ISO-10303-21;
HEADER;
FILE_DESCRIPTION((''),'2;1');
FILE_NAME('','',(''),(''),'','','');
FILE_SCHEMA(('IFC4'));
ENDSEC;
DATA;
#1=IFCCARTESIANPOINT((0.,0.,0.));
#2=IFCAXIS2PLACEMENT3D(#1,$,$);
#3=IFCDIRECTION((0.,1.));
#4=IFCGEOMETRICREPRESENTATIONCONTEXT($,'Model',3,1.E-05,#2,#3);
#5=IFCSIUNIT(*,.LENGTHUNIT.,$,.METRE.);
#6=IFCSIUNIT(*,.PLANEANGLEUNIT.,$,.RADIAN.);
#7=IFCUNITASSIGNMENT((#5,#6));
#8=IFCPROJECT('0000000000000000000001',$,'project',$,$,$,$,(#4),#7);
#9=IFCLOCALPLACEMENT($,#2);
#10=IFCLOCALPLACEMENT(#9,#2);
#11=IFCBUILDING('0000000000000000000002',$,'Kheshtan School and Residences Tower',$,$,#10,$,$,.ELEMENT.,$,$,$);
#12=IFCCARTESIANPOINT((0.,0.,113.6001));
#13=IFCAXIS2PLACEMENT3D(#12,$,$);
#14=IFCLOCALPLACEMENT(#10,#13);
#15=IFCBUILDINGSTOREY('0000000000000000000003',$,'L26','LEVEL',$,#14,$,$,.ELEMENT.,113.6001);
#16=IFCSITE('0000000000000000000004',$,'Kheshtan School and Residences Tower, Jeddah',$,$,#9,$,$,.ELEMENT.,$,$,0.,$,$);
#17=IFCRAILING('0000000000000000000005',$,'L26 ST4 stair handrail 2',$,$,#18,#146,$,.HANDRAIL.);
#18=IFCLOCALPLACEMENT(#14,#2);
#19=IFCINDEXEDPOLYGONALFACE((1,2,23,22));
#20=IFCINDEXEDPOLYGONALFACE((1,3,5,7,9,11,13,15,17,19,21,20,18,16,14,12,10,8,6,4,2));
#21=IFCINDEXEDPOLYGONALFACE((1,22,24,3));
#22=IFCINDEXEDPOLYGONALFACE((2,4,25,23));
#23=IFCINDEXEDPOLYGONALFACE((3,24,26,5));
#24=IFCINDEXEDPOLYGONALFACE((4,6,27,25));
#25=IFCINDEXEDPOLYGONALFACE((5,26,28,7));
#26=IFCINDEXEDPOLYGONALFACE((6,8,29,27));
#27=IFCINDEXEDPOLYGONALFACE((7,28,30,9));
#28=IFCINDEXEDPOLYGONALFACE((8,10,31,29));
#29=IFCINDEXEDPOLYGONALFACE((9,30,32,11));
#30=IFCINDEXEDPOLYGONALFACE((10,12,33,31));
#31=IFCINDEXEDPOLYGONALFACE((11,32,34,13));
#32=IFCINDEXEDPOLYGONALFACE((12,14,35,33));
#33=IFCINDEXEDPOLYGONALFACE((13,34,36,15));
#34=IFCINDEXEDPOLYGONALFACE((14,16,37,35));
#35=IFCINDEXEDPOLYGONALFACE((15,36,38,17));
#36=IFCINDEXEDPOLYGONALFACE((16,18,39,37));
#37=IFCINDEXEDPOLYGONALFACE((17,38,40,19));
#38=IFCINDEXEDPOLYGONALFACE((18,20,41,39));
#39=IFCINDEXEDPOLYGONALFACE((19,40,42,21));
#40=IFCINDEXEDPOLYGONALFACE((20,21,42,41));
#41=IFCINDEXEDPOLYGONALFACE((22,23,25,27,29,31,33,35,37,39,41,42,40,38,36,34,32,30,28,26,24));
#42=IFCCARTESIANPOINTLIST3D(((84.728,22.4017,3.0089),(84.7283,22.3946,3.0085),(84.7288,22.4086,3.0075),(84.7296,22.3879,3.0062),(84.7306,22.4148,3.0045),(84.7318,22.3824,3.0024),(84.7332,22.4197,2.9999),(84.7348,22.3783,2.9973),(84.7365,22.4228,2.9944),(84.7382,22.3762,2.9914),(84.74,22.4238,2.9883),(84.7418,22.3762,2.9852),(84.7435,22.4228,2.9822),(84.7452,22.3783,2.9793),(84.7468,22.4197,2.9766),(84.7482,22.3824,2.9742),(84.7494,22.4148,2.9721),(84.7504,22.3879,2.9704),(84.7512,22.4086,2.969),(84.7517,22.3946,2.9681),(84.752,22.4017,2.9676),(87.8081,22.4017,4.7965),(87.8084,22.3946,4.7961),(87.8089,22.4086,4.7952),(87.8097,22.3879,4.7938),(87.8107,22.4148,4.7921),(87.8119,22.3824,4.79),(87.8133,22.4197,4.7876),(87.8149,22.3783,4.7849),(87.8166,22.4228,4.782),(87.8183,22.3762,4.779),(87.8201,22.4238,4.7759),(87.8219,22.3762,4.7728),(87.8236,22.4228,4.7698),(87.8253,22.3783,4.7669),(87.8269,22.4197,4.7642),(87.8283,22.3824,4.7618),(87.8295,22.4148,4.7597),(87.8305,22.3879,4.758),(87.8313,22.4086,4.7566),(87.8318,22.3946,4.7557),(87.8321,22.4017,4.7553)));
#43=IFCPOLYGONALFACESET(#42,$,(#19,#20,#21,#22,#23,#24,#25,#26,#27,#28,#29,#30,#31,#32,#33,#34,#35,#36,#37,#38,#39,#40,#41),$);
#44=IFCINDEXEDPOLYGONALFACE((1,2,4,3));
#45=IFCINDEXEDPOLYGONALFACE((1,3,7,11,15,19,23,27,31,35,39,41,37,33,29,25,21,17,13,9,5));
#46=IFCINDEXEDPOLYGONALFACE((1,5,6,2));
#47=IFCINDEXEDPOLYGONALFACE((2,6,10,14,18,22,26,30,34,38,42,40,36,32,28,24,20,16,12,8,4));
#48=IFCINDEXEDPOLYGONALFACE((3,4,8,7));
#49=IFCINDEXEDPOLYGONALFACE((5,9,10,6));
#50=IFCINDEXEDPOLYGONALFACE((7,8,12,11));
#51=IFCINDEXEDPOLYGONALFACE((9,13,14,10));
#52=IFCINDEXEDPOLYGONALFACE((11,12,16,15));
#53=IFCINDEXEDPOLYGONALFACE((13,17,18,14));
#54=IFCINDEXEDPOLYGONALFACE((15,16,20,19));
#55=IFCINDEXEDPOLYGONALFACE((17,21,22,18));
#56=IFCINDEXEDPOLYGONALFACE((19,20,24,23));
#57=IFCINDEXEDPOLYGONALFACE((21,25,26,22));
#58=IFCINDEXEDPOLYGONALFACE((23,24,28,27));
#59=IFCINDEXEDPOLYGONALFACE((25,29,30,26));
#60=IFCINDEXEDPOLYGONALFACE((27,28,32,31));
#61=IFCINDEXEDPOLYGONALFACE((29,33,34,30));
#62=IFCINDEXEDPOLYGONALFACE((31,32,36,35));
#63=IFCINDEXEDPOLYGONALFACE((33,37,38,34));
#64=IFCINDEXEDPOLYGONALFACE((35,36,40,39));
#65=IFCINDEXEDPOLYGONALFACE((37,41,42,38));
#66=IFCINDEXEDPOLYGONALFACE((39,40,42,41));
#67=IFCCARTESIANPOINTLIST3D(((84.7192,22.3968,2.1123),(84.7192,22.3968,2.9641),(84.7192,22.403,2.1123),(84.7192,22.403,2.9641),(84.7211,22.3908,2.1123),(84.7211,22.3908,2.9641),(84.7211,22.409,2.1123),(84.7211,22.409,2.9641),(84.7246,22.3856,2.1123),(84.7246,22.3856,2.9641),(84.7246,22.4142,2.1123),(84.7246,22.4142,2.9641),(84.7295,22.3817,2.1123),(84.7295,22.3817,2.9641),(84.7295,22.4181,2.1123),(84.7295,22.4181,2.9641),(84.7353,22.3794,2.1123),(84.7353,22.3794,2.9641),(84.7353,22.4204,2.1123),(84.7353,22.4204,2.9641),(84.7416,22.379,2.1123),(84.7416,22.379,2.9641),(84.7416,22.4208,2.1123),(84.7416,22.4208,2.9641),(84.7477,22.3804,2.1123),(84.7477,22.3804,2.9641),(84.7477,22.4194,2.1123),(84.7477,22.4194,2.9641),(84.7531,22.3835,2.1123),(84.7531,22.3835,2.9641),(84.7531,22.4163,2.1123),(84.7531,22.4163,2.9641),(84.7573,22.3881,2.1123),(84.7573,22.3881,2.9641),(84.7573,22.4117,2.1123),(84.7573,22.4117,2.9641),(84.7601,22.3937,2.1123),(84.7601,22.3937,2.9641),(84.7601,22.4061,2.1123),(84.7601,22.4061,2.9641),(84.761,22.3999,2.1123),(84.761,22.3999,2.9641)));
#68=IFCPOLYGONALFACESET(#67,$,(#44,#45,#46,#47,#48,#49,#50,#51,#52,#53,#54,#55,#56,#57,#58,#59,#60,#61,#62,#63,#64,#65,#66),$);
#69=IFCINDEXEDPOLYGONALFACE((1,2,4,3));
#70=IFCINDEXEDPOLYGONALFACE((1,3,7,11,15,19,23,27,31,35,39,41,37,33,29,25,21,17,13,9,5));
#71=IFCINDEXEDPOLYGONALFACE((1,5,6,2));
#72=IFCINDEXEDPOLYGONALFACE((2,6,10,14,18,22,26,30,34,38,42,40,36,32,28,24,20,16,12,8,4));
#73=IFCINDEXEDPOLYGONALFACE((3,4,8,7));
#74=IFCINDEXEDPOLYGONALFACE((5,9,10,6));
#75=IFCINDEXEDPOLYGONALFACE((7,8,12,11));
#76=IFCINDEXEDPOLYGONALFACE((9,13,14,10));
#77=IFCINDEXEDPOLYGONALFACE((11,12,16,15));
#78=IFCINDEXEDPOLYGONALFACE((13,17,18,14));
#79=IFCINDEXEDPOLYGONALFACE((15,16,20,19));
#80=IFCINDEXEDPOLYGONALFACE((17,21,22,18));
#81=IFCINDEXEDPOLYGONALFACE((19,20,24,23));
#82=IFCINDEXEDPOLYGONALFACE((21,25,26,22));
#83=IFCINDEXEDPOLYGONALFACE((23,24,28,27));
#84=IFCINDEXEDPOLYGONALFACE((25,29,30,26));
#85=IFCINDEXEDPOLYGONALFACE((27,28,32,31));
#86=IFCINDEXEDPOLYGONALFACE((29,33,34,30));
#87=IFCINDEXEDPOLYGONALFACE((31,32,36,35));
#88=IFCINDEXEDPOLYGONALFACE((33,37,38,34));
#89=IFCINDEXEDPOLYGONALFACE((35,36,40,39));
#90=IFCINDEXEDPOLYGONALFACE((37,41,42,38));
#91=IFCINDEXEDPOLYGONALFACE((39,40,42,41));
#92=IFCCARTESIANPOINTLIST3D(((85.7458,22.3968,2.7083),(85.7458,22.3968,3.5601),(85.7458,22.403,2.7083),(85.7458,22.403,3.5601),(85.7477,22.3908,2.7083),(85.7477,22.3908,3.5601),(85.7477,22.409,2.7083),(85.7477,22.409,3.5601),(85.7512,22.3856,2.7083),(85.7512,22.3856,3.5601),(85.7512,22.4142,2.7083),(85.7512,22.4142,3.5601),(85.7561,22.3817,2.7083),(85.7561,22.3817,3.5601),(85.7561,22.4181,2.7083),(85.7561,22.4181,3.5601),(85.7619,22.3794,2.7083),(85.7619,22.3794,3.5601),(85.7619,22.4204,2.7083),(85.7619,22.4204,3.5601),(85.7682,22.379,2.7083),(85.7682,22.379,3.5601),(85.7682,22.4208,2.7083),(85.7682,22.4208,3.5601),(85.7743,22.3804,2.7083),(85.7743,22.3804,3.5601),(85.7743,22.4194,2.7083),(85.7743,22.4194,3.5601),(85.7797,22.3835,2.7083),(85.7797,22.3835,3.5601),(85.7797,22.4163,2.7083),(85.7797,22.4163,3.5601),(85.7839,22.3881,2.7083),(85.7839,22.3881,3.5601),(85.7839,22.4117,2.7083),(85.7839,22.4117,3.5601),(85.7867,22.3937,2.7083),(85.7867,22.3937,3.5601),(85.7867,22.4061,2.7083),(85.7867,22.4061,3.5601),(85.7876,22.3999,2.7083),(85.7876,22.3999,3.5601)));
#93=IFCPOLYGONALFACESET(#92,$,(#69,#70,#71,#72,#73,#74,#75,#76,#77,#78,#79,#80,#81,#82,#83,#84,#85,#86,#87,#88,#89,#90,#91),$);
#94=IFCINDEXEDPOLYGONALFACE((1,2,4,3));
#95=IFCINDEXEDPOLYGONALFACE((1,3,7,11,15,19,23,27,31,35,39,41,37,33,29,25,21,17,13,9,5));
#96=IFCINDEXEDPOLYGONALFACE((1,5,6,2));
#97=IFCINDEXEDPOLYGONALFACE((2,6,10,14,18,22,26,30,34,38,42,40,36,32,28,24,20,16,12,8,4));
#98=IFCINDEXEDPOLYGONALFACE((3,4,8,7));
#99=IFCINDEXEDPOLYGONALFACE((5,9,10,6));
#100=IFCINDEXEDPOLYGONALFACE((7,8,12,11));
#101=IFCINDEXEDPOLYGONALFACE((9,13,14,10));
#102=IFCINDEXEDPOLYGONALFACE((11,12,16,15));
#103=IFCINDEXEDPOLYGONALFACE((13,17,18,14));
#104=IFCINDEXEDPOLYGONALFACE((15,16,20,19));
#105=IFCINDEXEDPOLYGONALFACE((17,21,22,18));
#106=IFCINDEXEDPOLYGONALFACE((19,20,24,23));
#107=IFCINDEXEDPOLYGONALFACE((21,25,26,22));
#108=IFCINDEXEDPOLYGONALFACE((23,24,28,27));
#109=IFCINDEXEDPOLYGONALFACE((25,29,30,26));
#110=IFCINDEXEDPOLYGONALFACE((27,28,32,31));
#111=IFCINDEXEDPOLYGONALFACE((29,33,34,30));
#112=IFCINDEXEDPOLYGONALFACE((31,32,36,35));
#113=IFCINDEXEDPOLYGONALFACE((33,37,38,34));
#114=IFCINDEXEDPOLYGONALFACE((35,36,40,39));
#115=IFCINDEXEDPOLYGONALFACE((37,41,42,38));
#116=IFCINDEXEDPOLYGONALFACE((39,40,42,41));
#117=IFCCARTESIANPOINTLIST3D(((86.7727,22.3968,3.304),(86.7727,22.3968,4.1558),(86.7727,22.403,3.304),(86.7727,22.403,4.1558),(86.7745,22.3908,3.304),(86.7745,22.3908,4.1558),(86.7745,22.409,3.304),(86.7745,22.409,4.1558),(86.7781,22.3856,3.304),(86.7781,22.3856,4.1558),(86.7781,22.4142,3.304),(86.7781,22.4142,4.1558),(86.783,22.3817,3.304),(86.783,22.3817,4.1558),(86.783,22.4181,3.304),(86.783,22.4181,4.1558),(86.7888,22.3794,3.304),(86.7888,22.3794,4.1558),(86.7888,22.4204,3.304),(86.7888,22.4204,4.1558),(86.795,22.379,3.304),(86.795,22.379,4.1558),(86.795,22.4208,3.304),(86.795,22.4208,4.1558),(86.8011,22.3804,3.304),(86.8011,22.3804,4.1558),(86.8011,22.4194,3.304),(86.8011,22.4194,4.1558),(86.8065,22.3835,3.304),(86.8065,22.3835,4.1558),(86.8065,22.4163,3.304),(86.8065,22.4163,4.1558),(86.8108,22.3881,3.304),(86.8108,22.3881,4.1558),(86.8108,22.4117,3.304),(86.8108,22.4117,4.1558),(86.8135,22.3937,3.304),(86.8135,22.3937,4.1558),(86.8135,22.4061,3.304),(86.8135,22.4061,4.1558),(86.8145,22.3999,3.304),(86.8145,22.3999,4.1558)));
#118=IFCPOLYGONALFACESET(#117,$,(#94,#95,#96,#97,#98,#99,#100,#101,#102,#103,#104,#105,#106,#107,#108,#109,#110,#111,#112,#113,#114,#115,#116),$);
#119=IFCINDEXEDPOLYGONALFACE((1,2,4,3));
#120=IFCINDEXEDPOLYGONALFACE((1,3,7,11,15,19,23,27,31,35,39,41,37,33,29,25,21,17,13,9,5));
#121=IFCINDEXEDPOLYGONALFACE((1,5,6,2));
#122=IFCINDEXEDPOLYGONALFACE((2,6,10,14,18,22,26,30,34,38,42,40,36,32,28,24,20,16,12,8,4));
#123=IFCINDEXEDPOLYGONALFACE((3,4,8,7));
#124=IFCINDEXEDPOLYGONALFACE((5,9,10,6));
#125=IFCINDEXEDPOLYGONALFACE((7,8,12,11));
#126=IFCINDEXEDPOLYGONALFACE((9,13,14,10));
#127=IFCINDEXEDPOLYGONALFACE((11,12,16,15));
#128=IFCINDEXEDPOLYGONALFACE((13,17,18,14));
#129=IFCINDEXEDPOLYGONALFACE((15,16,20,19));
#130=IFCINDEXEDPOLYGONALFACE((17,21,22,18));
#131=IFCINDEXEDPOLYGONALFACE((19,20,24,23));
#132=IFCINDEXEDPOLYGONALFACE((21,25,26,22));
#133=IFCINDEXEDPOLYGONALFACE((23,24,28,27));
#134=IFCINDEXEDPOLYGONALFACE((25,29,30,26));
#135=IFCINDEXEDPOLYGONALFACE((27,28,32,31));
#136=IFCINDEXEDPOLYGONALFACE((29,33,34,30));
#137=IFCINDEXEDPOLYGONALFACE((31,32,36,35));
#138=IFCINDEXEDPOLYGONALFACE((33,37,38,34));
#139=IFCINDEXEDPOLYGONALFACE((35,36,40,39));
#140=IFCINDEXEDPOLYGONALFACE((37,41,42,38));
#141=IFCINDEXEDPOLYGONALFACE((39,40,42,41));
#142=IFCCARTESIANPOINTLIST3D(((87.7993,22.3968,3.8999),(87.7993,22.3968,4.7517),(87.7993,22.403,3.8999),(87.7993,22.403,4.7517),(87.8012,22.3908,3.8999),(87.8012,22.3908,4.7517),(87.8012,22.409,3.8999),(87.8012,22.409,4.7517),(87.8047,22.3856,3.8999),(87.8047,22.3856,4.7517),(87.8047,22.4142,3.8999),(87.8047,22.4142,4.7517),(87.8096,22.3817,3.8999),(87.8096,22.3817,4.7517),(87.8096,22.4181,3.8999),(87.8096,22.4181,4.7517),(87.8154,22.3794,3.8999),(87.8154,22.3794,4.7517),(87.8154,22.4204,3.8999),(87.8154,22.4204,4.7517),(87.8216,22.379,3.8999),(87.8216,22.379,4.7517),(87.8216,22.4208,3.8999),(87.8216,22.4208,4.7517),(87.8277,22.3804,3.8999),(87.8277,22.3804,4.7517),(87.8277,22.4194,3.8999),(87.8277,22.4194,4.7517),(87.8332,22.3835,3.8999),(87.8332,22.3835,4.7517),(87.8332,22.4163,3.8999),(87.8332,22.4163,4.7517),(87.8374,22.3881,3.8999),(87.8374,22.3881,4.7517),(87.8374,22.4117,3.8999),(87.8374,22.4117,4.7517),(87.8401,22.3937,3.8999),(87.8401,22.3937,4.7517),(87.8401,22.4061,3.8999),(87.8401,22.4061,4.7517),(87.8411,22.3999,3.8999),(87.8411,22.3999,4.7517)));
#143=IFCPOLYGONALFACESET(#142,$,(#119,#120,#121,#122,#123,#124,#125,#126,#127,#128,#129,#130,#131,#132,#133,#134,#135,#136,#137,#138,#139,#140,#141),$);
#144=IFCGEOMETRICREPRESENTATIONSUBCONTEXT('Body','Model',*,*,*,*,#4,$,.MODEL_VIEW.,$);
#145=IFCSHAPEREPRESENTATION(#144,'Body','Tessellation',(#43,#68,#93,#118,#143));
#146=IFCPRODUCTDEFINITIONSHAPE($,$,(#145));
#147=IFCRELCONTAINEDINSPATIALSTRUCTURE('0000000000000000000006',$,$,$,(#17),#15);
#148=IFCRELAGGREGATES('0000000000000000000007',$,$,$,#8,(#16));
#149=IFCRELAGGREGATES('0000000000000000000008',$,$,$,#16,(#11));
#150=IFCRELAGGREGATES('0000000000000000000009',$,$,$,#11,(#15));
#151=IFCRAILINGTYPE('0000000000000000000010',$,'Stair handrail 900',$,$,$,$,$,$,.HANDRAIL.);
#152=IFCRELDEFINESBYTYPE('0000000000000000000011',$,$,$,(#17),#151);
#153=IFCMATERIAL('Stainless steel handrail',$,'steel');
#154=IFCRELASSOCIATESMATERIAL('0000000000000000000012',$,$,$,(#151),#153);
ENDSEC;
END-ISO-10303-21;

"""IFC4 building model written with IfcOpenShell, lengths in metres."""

from ifc_helpers import new_model, si_unit, direction, frame, origin, origin_2d, place, context, subcontext, project, spatial, circle, extrude, material, type_object, element, save


model = new_model("IFC4")

# Units and contexts
model_context = context("Model", 3, precision=1e-05, world=origin(), true_north=direction((0.0, 1.0)))
body_context = subcontext(model_context, "Body", "Model", "MODEL_VIEW")
ifc_project = project(units=[si_unit("LENGTHUNIT", "METRE"), si_unit("PLANEANGLEUNIT", "RADIAN")], contexts=[model_context])

# Site, building, storey
site_placement = place(None, origin())
site = spatial("IfcSite", under=ifc_project, at=site_placement, Name="Kheshtan School and Residences Tower, Jeddah", CompositionType="ELEMENT", RefElevation=0.0)
building_placement = place(site_placement, origin())
building = spatial("IfcBuilding", under=site, at=building_placement, Name="Kheshtan School and Residences Tower", CompositionType="ELEMENT")
storey_placement = place(building_placement, frame((0.0, 0.0, 113.6001)))
storey = spatial("IfcBuildingStorey", under=building, at=storey_placement, Name="L26", Description="LEVEL", CompositionType="ELEMENT", Elevation=113.6001)

# Railing
ifc_material_1 = material(Name="Stainless steel handrail", Category="steel")
railing_type_1 = type_object("IfcRailingType", Name="Stair handrail 900", PredefinedType="HANDRAIL", material=ifc_material_1)
railing_1_placement = place(storey_placement, frame((84.74, 22.3999, 2.1123)))
element("IfcRailing", 1, at=railing_1_placement, inside=storey, type_object=railing_type_1, Name="L26 ST4 stair handrail 2", PredefinedType="HANDRAIL", context=body_context, shape_type="SweptSolid", body=[
    extrude(circle(Radius=0.0239, at=origin_2d()), frame((0.0, 0.0, 0.876), z_axis=(0.864891, 0.0, 0.50196), x_axis=(0.0, 1.0, 0.0)), (0.0, 0.0, 1.0), 3.5613),
    extrude(circle(Radius=0.021, at=origin_2d()), origin(), (0.0, 0.0, 1.0), 0.8518),
    extrude(circle(Radius=0.021, at=origin_2d()), frame((1.0266, 0.0, 0.5959)), (0.0, 0.0, 1.0), 0.8518),
    extrude(circle(Radius=0.021, at=origin_2d()), frame((2.0535, 0.0, 1.1917)), (0.0, 0.0, 1.0), 0.8518),
    extrude(circle(Radius=0.021, at=origin_2d()), frame((3.0801, 0.0, 1.7876)), (0.0, 0.0, 1.0), 0.8518),
])

save(model, "model.ifc")
